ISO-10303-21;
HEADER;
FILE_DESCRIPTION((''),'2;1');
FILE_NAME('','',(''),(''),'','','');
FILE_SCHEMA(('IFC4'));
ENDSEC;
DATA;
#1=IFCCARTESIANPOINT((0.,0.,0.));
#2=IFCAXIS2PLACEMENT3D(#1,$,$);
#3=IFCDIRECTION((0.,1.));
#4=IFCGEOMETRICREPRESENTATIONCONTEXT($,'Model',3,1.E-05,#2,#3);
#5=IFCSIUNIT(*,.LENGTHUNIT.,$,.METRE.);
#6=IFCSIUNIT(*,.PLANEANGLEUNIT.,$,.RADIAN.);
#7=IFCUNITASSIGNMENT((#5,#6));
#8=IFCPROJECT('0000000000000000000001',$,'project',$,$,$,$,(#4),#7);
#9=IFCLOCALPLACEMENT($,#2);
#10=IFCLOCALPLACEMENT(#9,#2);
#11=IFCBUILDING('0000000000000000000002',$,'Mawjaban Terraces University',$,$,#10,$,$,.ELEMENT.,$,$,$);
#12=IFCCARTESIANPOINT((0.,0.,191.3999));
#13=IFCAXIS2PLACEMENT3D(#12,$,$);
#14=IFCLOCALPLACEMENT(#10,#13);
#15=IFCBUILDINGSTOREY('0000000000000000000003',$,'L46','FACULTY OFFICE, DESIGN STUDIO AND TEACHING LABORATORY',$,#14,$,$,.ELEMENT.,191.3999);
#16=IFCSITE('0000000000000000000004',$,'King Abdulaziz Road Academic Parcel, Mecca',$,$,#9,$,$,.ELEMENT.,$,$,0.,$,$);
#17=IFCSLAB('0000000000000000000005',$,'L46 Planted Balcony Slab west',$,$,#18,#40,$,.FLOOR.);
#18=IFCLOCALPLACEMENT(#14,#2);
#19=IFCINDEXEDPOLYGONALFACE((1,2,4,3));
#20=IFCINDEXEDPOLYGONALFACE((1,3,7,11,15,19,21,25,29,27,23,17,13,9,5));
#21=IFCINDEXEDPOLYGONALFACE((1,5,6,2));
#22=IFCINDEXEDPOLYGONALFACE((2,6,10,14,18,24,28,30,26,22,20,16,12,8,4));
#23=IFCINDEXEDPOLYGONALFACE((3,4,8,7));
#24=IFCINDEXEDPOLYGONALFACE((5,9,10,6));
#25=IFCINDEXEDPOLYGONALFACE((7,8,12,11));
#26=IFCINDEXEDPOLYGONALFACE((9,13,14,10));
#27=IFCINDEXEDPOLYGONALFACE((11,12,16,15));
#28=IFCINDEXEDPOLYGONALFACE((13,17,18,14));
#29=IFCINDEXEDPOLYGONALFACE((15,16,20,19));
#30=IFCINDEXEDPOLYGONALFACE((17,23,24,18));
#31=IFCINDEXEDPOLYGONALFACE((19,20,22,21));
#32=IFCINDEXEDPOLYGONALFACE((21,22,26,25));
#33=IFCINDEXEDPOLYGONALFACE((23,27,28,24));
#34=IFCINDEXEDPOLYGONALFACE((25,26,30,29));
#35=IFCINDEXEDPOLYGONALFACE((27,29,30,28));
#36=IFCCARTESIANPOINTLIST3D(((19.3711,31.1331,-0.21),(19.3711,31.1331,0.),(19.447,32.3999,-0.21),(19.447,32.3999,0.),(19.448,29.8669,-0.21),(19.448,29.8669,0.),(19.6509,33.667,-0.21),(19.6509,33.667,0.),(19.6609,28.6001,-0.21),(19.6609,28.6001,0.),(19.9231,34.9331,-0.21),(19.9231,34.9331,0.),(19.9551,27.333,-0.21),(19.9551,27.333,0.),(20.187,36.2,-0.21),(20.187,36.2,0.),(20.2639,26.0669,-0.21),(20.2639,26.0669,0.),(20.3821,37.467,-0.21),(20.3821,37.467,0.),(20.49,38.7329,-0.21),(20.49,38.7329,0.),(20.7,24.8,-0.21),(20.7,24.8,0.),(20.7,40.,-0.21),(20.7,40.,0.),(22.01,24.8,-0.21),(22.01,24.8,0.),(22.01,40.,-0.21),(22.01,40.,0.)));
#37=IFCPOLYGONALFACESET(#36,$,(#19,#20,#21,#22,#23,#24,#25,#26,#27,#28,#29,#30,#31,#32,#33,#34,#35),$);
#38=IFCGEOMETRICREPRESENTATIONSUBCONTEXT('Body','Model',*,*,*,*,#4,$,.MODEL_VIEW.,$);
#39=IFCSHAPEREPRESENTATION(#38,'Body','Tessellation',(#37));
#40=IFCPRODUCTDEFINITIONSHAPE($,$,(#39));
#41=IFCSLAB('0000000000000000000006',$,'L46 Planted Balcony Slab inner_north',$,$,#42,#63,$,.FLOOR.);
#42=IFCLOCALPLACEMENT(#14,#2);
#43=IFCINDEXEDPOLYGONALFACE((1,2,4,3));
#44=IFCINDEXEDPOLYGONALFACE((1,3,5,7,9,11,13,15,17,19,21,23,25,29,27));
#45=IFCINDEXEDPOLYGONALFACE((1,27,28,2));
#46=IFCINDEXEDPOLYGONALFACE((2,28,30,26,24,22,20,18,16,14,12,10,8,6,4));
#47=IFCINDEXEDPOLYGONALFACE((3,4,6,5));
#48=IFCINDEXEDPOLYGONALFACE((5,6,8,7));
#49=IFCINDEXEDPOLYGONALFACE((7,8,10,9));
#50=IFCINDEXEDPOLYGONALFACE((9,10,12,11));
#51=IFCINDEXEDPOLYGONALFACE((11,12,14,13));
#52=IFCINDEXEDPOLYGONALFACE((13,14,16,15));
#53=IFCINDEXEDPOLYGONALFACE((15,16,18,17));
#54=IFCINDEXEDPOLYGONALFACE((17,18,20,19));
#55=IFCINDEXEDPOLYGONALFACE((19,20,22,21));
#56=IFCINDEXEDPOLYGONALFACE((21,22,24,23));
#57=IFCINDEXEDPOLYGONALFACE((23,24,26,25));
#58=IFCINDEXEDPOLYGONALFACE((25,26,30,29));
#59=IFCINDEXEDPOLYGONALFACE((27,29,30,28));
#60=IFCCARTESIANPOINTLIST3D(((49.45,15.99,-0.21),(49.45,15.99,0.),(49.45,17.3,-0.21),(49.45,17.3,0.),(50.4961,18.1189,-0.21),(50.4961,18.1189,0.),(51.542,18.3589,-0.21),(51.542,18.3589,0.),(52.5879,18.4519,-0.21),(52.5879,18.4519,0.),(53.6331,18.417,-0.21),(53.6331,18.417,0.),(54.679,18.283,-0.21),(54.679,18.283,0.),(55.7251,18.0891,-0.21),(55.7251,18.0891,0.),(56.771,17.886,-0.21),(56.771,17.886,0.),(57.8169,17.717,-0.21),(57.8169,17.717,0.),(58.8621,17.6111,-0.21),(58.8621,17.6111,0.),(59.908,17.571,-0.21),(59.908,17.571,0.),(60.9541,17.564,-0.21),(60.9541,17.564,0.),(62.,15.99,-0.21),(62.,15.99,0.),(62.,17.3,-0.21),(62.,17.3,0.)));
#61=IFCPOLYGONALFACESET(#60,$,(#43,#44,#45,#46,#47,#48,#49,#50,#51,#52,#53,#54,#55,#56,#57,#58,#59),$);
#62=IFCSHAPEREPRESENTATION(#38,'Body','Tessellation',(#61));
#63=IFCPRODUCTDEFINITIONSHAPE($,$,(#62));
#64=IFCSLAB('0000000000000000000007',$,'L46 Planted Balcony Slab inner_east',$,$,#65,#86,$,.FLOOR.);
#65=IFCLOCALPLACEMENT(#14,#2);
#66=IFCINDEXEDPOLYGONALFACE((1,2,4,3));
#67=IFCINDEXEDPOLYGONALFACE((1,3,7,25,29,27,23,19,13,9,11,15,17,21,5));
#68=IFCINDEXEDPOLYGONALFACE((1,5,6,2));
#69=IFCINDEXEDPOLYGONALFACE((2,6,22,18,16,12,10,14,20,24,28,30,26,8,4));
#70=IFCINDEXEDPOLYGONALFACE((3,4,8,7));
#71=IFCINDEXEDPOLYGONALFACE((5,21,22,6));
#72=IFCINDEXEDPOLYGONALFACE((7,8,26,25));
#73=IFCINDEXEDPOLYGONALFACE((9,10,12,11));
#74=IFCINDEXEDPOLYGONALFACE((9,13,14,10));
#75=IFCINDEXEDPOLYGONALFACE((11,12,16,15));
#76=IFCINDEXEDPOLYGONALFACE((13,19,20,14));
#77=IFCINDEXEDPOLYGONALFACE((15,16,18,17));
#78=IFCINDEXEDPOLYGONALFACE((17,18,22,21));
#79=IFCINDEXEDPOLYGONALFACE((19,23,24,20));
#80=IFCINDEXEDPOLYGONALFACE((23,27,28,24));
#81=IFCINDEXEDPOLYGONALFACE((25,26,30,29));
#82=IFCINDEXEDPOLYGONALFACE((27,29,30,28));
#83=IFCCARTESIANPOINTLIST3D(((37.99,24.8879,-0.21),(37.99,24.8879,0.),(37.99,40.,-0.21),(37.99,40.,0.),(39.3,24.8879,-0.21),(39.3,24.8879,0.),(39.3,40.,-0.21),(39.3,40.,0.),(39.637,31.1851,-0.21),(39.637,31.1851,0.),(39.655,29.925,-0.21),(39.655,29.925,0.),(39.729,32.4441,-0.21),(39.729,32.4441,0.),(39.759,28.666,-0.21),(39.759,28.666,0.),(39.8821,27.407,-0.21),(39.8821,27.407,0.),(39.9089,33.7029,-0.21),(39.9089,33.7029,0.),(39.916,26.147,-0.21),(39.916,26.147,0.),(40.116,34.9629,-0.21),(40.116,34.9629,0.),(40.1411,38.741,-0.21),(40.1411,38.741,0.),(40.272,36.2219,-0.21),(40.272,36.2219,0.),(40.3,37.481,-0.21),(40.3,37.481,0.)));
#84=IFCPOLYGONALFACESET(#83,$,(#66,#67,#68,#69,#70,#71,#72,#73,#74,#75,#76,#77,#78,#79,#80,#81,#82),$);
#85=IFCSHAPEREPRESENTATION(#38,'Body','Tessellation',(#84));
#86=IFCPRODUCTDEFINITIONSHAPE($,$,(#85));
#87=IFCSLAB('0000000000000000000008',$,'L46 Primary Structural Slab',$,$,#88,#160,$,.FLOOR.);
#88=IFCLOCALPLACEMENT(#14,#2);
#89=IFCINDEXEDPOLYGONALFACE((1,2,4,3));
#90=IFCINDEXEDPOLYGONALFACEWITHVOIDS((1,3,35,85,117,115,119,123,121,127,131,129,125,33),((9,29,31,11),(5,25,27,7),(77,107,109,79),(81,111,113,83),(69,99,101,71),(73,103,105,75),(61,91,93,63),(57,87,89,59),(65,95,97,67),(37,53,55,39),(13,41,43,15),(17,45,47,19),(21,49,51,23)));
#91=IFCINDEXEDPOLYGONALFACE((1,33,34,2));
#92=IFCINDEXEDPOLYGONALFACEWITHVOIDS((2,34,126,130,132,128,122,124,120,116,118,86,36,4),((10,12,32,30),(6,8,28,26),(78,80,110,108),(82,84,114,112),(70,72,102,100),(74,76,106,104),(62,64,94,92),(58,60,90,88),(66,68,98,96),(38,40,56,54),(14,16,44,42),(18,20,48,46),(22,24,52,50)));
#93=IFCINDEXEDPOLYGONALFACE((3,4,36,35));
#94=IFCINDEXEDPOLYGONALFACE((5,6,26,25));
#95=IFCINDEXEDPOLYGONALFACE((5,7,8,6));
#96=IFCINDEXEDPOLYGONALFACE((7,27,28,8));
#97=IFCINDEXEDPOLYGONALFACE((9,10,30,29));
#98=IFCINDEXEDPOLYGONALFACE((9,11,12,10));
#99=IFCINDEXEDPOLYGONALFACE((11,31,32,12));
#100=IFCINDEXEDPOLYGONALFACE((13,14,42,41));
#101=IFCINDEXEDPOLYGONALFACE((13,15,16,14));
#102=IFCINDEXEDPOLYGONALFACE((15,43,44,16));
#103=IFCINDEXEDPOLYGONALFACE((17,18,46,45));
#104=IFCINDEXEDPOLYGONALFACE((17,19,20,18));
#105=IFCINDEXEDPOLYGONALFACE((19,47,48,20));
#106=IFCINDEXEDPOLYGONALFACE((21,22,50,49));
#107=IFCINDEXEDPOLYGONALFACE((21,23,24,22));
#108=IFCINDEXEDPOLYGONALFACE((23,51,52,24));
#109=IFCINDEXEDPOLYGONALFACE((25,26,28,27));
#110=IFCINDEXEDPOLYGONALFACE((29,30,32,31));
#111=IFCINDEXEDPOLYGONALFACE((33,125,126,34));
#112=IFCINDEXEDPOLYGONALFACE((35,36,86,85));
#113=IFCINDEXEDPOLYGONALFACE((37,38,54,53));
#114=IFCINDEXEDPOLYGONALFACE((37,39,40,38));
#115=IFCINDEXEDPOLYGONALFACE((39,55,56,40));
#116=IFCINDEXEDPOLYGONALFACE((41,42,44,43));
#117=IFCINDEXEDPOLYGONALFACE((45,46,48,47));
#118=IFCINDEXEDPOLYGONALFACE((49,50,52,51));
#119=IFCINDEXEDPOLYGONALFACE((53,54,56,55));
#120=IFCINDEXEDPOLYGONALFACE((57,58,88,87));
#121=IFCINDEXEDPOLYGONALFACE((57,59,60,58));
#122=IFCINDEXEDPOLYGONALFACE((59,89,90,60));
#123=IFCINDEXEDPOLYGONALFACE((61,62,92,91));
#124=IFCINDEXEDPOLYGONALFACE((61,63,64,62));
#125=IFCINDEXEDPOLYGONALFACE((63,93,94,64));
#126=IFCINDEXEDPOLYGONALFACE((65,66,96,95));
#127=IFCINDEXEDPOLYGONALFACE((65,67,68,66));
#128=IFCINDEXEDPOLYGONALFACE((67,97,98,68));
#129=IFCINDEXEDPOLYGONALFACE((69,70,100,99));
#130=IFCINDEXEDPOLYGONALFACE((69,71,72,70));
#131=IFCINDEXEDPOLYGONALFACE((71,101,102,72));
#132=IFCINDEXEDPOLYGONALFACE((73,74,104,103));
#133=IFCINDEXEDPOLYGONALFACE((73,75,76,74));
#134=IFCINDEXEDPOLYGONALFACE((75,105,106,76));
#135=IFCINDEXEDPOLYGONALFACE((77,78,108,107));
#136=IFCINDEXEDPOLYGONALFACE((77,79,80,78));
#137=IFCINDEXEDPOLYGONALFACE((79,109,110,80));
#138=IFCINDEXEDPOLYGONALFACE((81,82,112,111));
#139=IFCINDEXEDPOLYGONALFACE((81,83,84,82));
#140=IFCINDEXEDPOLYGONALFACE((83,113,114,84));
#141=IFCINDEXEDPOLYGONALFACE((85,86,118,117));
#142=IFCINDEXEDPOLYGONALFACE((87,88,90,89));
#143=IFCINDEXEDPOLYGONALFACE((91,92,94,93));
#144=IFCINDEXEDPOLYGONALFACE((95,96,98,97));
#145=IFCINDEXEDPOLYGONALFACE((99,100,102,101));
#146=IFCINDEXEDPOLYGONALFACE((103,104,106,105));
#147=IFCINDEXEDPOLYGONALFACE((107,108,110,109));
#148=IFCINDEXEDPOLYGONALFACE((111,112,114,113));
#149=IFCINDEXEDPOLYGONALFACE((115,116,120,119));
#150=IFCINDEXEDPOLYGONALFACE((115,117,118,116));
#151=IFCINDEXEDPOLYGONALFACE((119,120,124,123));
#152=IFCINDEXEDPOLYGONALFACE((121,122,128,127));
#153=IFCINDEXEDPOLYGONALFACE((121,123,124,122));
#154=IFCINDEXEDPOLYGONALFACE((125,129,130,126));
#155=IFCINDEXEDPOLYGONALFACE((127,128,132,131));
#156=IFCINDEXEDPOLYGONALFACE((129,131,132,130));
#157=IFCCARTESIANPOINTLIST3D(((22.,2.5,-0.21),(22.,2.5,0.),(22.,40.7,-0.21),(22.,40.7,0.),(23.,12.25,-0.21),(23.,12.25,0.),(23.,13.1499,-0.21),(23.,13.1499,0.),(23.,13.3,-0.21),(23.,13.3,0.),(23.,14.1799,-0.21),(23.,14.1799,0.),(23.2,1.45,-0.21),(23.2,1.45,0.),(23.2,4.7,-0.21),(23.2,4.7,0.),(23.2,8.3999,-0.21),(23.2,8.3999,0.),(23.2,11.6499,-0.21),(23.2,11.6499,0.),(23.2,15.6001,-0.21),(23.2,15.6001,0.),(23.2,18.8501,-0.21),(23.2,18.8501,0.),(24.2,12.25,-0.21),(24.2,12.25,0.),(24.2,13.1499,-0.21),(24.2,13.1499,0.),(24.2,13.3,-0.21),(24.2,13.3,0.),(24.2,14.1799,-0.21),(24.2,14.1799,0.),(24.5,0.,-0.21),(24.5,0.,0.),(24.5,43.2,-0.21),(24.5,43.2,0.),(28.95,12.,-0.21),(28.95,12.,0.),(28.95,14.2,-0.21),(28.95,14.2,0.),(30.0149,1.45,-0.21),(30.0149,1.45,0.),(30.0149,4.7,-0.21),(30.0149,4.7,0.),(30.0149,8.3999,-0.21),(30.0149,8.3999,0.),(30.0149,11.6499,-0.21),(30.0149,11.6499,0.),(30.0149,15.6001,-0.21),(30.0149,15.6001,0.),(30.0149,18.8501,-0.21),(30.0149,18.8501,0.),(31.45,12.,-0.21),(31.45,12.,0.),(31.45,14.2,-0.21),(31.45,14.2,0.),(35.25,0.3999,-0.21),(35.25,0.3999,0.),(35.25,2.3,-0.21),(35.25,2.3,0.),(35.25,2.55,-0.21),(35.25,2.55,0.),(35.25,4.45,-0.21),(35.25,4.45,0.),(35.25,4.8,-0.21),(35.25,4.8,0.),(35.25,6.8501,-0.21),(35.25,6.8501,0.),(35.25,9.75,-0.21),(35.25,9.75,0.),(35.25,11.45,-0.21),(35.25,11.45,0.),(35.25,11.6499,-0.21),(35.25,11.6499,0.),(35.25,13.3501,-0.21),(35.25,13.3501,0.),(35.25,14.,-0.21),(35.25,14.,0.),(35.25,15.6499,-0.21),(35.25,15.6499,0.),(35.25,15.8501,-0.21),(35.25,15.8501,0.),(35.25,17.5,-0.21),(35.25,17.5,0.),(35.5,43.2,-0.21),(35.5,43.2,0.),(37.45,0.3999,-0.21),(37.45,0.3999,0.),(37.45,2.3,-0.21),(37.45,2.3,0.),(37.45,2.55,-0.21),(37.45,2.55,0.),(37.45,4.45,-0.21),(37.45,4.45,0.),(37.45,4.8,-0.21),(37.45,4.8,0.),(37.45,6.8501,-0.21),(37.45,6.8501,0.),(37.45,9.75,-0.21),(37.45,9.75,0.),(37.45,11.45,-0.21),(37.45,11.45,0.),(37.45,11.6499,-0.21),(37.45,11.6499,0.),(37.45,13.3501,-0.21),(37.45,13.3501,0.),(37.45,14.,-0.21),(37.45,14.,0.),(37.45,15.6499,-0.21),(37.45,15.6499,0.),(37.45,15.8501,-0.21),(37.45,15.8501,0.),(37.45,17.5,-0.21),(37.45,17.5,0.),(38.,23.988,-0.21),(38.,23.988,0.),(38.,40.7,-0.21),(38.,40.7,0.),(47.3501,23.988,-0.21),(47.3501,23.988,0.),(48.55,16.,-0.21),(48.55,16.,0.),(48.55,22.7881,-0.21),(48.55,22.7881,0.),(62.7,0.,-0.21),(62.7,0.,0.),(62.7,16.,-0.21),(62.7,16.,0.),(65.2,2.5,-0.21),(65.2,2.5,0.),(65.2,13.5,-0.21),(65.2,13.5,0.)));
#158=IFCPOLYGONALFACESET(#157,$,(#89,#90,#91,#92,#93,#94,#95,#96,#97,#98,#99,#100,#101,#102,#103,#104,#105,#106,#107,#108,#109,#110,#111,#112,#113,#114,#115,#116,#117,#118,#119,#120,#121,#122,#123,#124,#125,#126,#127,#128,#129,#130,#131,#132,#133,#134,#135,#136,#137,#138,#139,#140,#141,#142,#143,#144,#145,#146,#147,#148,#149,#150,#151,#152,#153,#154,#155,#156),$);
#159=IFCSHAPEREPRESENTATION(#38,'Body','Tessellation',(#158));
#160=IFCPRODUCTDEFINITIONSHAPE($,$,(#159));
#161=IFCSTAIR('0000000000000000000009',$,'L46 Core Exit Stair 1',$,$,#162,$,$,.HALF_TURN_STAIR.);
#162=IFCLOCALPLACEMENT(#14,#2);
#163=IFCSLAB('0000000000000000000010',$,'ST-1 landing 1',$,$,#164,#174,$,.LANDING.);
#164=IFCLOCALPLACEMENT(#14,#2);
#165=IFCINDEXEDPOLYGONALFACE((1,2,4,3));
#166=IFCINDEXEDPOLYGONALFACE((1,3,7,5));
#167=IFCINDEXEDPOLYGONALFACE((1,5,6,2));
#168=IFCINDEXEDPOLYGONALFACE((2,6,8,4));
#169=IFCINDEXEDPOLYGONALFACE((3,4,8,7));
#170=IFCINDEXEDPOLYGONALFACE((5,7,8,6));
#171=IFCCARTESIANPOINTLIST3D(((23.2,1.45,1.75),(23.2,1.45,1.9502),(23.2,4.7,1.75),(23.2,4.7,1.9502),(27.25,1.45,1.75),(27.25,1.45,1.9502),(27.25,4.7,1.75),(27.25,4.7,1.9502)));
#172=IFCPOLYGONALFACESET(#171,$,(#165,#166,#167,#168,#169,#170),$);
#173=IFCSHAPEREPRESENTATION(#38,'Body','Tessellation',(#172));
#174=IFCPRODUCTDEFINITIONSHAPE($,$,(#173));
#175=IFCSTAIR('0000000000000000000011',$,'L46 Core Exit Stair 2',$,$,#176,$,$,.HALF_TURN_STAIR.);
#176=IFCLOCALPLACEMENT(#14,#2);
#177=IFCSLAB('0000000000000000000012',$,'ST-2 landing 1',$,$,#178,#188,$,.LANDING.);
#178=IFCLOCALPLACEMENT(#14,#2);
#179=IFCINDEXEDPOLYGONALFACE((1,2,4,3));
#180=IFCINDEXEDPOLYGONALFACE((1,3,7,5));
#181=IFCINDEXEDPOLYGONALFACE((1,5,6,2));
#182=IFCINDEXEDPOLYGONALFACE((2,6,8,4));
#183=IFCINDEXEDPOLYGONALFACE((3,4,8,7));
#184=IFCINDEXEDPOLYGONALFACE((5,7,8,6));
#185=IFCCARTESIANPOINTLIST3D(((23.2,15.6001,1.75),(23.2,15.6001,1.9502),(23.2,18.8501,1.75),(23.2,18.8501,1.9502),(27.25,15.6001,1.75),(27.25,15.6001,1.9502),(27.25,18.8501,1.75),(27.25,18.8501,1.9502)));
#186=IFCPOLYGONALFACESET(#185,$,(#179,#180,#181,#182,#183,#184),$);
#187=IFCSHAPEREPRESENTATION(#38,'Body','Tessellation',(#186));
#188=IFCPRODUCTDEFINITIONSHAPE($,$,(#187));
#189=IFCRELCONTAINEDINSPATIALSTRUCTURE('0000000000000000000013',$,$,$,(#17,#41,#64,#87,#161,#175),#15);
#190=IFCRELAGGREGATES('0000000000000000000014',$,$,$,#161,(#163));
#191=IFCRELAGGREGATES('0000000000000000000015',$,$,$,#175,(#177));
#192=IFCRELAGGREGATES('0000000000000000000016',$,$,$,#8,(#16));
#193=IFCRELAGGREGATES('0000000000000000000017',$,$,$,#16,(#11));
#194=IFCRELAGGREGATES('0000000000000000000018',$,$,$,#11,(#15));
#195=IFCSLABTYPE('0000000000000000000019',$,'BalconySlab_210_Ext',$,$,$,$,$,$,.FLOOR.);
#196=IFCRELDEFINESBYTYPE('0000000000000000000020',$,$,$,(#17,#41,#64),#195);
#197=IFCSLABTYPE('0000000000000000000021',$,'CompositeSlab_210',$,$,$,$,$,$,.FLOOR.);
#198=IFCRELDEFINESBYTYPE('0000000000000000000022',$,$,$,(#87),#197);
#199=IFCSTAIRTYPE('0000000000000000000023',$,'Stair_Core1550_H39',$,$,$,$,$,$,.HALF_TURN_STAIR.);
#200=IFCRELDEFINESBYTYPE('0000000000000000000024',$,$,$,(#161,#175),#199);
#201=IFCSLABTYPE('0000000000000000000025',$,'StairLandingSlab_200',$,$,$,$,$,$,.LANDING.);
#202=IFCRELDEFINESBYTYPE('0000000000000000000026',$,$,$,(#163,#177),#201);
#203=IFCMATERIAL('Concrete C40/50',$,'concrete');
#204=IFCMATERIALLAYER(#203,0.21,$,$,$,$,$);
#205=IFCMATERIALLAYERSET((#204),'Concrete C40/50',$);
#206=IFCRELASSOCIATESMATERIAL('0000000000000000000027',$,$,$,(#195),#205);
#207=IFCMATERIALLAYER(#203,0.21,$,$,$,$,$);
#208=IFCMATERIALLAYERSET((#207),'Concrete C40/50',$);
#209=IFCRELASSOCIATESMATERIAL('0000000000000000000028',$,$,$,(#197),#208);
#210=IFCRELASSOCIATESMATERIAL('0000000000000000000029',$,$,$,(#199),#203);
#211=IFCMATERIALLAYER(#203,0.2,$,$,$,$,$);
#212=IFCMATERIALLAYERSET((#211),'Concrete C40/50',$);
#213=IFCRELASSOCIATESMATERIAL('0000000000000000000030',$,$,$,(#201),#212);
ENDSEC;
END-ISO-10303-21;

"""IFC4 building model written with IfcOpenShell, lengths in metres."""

from ifc_helpers import new_model, si_unit, direction, frame, origin, place, context, subcontext, project, spatial, polyline, outline, extrude, material, layer, layer_set, type_object, element, aggregate, save


model = new_model("IFC4")

# Units and contexts
model_context = context("Model", 3, precision=1e-05, world=origin(), true_north=direction((0.0, 1.0)))
body_context = subcontext(model_context, "Body", "Model", "MODEL_VIEW")
ifc_project = project(units=[si_unit("LENGTHUNIT", "METRE"), si_unit("PLANEANGLEUNIT", "RADIAN")], contexts=[model_context])

# Site, building, storey
site_placement = place(None, origin())
site = spatial("IfcSite", under=ifc_project, at=site_placement, Name="King Abdulaziz Road Academic Parcel, Mecca", CompositionType="ELEMENT", RefElevation=0.0)
building_placement = place(site_placement, origin())
building = spatial("IfcBuilding", under=site, at=building_placement, Name="Mawjaban Terraces University", CompositionType="ELEMENT")
storey_placement = place(building_placement, frame((0.0, 0.0, 191.3999)))
storey = spatial("IfcBuildingStorey", under=building, at=storey_placement, Name="L46", Description="FACULTY OFFICE, DESIGN STUDIO AND TEACHING LABORATORY", CompositionType="ELEMENT", Elevation=191.3999)

# Slabs
ifc_material_1 = material(Name="Concrete C40/50", Category="concrete")
ifc_layer_1 = layer(ifc_material_1, 0.21)
ifc_layer_set_1 = layer_set([ifc_layer_1], Name="Concrete C40/50")
slab_type_1 = type_object("IfcSlabType", Name="BalconySlab_210_Ext", PredefinedType="FLOOR", material=ifc_layer_set_1)
slab_1_placement = place(storey_placement, frame((0.0, 0.0, -0.21)))
element("IfcSlab", 1, at=slab_1_placement, inside=storey, type_object=slab_type_1, Name="L46 Planted Balcony Slab west", PredefinedType="FLOOR", context=body_context, shape_type="SweptSolid", body=[
    extrude(outline(polyline([(22.01, 24.8), (22.01, 40.0), (20.7, 40.0), (20.49, 38.7329), (20.3821, 37.467), (20.187, 36.2), (19.9231, 34.9331), (19.6509, 33.667), (19.447, 32.3999), (19.3711, 31.1331), (19.448, 29.8669), (19.6609, 28.6001), (19.9551, 27.333), (20.2639, 26.0669), (20.7, 24.8), (22.01, 24.8)])), origin(), (0.0, 0.0, 1.0), 0.21),
])
slab_2_placement = place(storey_placement, frame((0.0, 0.0, -0.21)))
element("IfcSlab", 2, at=slab_2_placement, inside=storey, type_object=slab_type_1, Name="L46 Planted Balcony Slab inner_north", PredefinedType="FLOOR", context=body_context, shape_type="SweptSolid", body=[
    extrude(outline(polyline([(49.45, 15.99), (62.0, 15.99), (62.0, 17.3), (60.9541, 17.564), (59.908, 17.571), (58.8621, 17.6111), (57.8169, 17.717), (56.771, 17.886), (55.7251, 18.0891), (54.679, 18.283), (53.6331, 18.417), (52.5879, 18.4519), (51.542, 18.3589), (50.4961, 18.1189), (49.45, 17.3), (49.45, 15.99)])), origin(), (0.0, 0.0, 1.0), 0.21),
])
slab_3_placement = place(storey_placement, frame((0.0, 0.0, -0.21)))
element("IfcSlab", 3, at=slab_3_placement, inside=storey, type_object=slab_type_1, Name="L46 Planted Balcony Slab inner_east", PredefinedType="FLOOR", context=body_context, shape_type="SweptSolid", body=[
    extrude(outline(polyline([(39.3, 24.8879), (39.916, 26.147), (39.8821, 27.407), (39.759, 28.666), (39.655, 29.925), (39.637, 31.1851), (39.729, 32.4441), (39.9089, 33.7029), (40.116, 34.9629), (40.272, 36.2219), (40.3, 37.481), (40.1411, 38.741), (39.3, 40.0), (37.99, 40.0), (37.99, 24.8879), (39.3, 24.8879)])), origin(), (0.0, 0.0, 1.0), 0.21),
])
ifc_layer_2 = layer(ifc_material_1, 0.21)
ifc_layer_set_2 = layer_set([ifc_layer_2], Name="Concrete C40/50")
slab_type_2 = type_object("IfcSlabType", Name="CompositeSlab_210", PredefinedType="FLOOR", material=ifc_layer_set_2)
slab_4_placement = place(storey_placement, frame((0.0, 0.0, -0.21)))
element("IfcSlab", 4, at=slab_4_placement, inside=storey, type_object=slab_type_2, Name="L46 Primary Structural Slab", PredefinedType="FLOOR", context=body_context, shape_type="SweptSolid", body=[
    extrude(outline(polyline([(24.5, 0.0), (62.7, 0.0), (65.2, 2.5), (65.2, 13.5), (62.7, 16.0), (48.55, 16.0), (48.55, 22.7881), (47.3501, 23.988), (38.0, 23.988), (38.0, 40.7), (35.5, 43.2), (24.5, 43.2), (22.0, 40.7), (22.0, 2.5), (24.5, 0.0)]), holes=[polyline([(30.0149, 4.7), (23.2, 4.7), (23.2, 1.45), (30.0149, 1.45), (30.0149, 4.7)]), polyline([(30.0149, 18.8501), (23.2, 18.8501), (23.2, 15.6001), (30.0149, 15.6001), (30.0149, 18.8501)]), polyline([(30.0149, 11.6499), (23.2, 11.6499), (23.2, 8.3999), (30.0149, 8.3999), (30.0149, 11.6499)]), polyline([(35.25, 0.3999), (37.45, 0.3999), (37.45, 2.3), (35.25, 2.3), (35.25, 0.3999)]), polyline([(35.25, 2.55), (37.45, 2.55), (37.45, 4.45), (35.25, 4.45), (35.25, 2.55)]), polyline([(35.25, 4.8), (37.45, 4.8), (37.45, 6.8501), (35.25, 6.8501), (35.25, 4.8)]), polyline([(35.25, 9.75), (37.45, 9.75), (37.45, 11.45), (35.25, 11.45), (35.25, 9.75)]), polyline([(35.25, 11.6499), (37.45, 11.6499), (37.45, 13.3501), (35.25, 13.3501), (35.25, 11.6499)]), polyline([(28.95, 12.0), (31.45, 12.0), (31.45, 14.2), (28.95, 14.2), (28.95, 12.0)]), polyline([(35.25, 14.0), (37.45, 14.0), (37.45, 15.6499), (35.25, 15.6499), (35.25, 14.0)]), polyline([(35.25, 15.8501), (37.45, 15.8501), (37.45, 17.5), (35.25, 17.5), (35.25, 15.8501)]), polyline([(23.0, 12.25), (24.2, 12.25), (24.2, 13.1499), (23.0, 13.1499), (23.0, 12.25)]), polyline([(23.0, 13.3), (24.2, 13.3), (24.2, 14.1799), (23.0, 14.1799), (23.0, 13.3)])]), origin(), (0.0, 0.0, 1.0), 0.21),
])

# Stairs, slabs
stair_type = type_object("IfcStairType", Name="Stair_Core1550_H39", PredefinedType="HALF_TURN_STAIR", material=ifc_material_1)
stair_1_placement = place(storey_placement, origin())
stair_1 = element("IfcStair", 5, at=stair_1_placement, inside=storey, type_object=stair_type, Name="L46 Core Exit Stair 1", PredefinedType="HALF_TURN_STAIR")
ifc_layer_3 = layer(ifc_material_1, 0.2)
ifc_layer_set_3 = layer_set([ifc_layer_3], Name="Concrete C40/50")
slab_type_3 = type_object("IfcSlabType", Name="StairLandingSlab_200", PredefinedType="LANDING", material=ifc_layer_set_3)
slab_5_placement = place(storey_placement, frame((0.0, 0.0, 1.75)))
slab_5 = element("IfcSlab", 6, at=slab_5_placement, type_object=slab_type_3, Name="ST-1 landing 1", PredefinedType="LANDING", context=body_context, shape_type="SweptSolid", body=[
    extrude(outline(polyline([(27.25, 4.7), (23.2, 4.7), (23.2, 1.45), (27.25, 1.45), (27.25, 4.7)])), origin(), (0.0, 0.0, 1.0), 0.2002),
])
aggregate(stair_1, [slab_5])
stair_2_placement = place(storey_placement, origin())
stair_2 = element("IfcStair", 7, at=stair_2_placement, inside=storey, type_object=stair_type, Name="L46 Core Exit Stair 2", PredefinedType="HALF_TURN_STAIR")
slab_6_placement = place(storey_placement, frame((0.0, 0.0, 1.75)))
slab_6 = element("IfcSlab", 8, at=slab_6_placement, type_object=slab_type_3, Name="ST-2 landing 1", PredefinedType="LANDING", context=body_context, shape_type="SweptSolid", body=[
    extrude(outline(polyline([(27.25, 18.8501), (23.2, 18.8501), (23.2, 15.6001), (27.25, 15.6001), (27.25, 18.8501)])), origin(), (0.0, 0.0, 1.0), 0.2002),
])
aggregate(stair_2, [slab_6])

save(model, "model.ifc")
